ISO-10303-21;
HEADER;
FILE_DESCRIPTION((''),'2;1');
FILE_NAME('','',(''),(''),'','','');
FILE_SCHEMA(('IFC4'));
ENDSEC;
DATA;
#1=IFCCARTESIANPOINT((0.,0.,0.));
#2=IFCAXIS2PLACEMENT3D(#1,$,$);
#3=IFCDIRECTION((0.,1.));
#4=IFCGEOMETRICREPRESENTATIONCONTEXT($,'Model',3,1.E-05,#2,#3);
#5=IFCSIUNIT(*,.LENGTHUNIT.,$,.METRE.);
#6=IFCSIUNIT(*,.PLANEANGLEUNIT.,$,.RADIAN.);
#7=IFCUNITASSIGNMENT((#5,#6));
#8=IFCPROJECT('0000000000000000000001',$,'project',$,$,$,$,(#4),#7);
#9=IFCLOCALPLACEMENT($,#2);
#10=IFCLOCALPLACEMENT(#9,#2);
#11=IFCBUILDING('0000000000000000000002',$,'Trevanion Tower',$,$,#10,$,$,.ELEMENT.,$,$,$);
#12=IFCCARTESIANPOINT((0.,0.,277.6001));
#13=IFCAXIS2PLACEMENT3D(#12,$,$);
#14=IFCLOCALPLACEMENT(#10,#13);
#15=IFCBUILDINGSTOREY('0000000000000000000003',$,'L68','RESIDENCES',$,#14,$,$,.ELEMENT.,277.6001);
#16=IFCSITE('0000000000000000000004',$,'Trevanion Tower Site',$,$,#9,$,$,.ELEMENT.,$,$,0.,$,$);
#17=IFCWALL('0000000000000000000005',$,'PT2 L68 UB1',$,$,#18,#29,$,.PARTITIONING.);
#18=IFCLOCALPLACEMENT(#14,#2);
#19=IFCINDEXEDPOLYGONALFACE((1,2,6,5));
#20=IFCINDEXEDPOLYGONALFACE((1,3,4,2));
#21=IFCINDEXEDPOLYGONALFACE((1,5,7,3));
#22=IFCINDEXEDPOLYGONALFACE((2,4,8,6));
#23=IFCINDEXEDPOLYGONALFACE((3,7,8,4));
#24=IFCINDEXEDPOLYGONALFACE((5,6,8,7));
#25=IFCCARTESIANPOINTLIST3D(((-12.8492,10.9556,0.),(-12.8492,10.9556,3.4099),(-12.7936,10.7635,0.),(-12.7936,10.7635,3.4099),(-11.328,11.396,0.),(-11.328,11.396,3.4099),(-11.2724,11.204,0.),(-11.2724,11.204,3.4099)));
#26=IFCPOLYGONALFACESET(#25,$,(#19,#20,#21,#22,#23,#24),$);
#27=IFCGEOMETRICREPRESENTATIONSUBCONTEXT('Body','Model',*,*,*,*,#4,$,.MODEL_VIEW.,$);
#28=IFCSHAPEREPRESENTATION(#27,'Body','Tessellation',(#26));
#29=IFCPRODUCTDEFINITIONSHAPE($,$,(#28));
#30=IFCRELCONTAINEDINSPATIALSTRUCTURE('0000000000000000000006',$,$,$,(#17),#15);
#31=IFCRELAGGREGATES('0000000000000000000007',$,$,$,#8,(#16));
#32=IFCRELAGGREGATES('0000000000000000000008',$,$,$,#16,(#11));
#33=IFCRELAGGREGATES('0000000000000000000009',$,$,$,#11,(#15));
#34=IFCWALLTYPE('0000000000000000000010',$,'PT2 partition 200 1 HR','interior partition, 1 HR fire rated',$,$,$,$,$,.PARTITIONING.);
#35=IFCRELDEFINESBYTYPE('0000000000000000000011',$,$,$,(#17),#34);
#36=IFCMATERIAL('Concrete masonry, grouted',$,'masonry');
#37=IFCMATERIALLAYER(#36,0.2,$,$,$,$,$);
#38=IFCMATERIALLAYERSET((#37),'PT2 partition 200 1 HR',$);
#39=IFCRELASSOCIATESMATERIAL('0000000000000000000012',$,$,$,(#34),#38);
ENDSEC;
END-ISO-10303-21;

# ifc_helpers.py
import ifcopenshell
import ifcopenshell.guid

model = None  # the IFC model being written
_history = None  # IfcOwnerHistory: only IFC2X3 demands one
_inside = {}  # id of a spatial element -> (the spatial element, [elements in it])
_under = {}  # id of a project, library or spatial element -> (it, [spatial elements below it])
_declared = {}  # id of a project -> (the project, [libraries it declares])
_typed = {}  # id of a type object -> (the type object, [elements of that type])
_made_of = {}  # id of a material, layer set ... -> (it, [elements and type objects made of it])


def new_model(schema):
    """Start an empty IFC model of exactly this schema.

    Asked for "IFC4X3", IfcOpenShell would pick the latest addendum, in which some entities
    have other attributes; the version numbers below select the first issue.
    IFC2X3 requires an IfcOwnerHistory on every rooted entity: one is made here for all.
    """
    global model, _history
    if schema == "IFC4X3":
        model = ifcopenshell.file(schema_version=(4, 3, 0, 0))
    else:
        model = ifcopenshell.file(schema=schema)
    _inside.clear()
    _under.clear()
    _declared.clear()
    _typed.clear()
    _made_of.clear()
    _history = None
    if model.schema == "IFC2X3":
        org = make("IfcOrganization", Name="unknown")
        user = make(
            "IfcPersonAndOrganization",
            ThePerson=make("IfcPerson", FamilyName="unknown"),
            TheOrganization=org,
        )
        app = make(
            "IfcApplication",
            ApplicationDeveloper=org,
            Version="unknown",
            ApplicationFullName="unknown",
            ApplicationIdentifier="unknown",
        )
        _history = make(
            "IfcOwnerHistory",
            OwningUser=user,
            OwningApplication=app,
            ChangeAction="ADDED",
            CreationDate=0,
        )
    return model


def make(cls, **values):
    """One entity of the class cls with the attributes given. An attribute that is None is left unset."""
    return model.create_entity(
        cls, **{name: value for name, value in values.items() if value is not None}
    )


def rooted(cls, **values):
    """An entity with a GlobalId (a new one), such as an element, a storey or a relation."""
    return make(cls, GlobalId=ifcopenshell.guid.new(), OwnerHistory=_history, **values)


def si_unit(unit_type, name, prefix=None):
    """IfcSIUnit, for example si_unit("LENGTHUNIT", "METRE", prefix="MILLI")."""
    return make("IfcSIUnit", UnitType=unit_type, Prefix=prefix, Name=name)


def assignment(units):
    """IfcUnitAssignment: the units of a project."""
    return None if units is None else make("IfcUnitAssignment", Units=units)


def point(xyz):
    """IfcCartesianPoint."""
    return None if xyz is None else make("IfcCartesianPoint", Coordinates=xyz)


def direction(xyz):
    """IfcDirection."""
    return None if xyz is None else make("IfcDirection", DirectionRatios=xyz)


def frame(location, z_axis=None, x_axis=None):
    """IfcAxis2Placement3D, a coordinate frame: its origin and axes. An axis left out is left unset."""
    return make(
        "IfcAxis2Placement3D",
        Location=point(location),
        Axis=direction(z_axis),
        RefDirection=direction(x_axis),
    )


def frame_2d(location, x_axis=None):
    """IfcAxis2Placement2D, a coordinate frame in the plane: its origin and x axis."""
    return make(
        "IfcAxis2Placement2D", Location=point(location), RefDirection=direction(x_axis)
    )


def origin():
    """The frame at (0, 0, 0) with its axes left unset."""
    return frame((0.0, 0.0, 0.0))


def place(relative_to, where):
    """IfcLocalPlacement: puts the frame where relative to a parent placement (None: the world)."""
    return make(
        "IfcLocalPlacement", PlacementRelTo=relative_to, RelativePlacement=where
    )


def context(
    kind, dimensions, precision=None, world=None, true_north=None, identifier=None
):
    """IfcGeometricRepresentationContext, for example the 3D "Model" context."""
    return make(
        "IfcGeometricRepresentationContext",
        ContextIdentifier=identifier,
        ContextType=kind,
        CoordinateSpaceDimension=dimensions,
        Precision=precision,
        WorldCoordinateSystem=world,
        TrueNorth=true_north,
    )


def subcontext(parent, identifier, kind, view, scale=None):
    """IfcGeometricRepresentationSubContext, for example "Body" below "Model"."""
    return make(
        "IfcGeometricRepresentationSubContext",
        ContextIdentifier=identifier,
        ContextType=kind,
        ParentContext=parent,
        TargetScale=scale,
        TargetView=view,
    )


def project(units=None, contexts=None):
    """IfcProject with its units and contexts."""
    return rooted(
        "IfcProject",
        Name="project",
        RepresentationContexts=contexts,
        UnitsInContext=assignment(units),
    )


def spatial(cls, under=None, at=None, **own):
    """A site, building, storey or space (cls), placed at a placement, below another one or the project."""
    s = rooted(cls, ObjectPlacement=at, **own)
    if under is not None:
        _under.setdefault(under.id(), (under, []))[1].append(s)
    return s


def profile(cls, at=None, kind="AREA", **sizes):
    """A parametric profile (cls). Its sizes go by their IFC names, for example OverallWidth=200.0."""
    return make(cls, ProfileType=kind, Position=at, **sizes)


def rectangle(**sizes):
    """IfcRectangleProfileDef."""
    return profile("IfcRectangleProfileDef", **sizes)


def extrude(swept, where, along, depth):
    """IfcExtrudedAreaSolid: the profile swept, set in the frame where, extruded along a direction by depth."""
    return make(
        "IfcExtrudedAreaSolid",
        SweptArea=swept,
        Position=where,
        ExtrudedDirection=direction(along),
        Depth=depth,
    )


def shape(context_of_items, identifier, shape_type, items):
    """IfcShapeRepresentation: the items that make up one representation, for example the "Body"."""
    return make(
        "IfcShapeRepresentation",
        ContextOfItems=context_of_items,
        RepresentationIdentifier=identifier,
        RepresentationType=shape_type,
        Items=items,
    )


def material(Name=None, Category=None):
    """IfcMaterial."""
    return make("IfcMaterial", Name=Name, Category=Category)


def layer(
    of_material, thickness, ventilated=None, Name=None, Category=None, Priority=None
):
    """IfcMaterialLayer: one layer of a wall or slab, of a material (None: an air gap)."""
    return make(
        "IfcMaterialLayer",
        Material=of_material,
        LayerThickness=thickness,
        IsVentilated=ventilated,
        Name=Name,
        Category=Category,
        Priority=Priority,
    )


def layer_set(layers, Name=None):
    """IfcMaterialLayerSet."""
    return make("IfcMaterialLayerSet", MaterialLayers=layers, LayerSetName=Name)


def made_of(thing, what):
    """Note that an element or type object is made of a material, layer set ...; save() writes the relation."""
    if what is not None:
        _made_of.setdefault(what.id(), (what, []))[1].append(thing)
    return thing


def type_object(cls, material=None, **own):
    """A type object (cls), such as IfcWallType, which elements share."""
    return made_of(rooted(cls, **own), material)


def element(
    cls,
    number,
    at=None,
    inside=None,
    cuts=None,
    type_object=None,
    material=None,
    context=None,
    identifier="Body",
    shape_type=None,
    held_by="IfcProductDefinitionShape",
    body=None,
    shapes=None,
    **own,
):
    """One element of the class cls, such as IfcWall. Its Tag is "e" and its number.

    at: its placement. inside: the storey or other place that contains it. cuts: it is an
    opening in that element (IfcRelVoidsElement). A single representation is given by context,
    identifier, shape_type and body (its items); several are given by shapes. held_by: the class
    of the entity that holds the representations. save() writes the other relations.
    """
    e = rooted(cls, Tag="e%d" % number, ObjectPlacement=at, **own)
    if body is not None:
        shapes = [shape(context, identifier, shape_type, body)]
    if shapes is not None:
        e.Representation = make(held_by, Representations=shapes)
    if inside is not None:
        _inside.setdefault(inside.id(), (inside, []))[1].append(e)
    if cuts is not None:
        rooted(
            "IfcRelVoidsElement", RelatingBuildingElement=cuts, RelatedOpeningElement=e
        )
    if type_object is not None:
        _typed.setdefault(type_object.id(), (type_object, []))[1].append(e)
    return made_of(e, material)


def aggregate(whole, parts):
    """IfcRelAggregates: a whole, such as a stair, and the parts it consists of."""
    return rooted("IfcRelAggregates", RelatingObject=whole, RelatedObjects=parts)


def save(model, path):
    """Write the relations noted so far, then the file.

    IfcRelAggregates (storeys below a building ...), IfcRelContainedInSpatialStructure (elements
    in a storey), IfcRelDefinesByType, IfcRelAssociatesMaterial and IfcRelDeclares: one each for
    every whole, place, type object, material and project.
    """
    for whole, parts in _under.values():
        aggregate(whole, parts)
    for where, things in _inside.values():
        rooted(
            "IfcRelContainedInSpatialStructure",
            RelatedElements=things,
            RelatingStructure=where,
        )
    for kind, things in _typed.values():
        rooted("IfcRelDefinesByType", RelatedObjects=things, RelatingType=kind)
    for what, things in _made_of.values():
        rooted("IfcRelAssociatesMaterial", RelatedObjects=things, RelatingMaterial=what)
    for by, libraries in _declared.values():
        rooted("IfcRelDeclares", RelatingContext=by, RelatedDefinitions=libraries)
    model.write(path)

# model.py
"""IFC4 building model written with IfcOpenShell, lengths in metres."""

from ifc_helpers import new_model, si_unit, direction, frame, frame_2d, origin, place, context, subcontext, project, spatial, rectangle, extrude, material, layer, layer_set, type_object, element, save


model = new_model("IFC4")

# Units and contexts
model_context = context("Model", 3, precision=1e-05, world=origin(), true_north=direction((0.0, 1.0)))
body_context = subcontext(model_context, "Body", "Model", "MODEL_VIEW")
ifc_project = project(units=[si_unit("LENGTHUNIT", "METRE"), si_unit("PLANEANGLEUNIT", "RADIAN")], contexts=[model_context])

# Site, building, storey
site_placement = place(None, origin())
site = spatial("IfcSite", under=ifc_project, at=site_placement, Name="Trevanion Tower Site", CompositionType="ELEMENT", RefElevation=0.0)
building_placement = place(site_placement, origin())
building = spatial("IfcBuilding", under=site, at=building_placement, Name="Trevanion Tower", CompositionType="ELEMENT")
storey_placement = place(building_placement, frame((0.0, 0.0, 277.6001)))
storey = spatial("IfcBuildingStorey", under=building, at=storey_placement, Name="L68", Description="RESIDENCES", CompositionType="ELEMENT", Elevation=277.6001)

# Wall
ifc_material_1 = material(Name="Concrete masonry, grouted", Category="masonry")
ifc_layer_1 = layer(ifc_material_1, 0.2)
ifc_layer_set_1 = layer_set([ifc_layer_1], Name="PT2 partition 200 1 HR")
wall_type_1 = type_object("IfcWallType", Name="PT2 partition 200 1 HR", Description="interior partition, 1 HR fire rated", PredefinedType="PARTITIONING", material=ifc_layer_set_1)
wall_1_placement = place(storey_placement, frame((-11.3, 11.3, 0.0), z_axis=(0.0, 0.0, 1.0), x_axis=(-0.960552, -0.278099, 0.0)))
element("IfcWall", 1, at=wall_1_placement, inside=storey, type_object=wall_type_1, Name="PT2 L68 UB1", PredefinedType="PARTITIONING", context=body_context, shape_type="SweptSolid", body=[
    extrude(rectangle(XDim=1.5837, YDim=0.2, at=frame_2d((0.792, 0.0))), origin(), (0.0, 0.0, 1.0), 3.4099),
])

save(model, "model.ifc")
